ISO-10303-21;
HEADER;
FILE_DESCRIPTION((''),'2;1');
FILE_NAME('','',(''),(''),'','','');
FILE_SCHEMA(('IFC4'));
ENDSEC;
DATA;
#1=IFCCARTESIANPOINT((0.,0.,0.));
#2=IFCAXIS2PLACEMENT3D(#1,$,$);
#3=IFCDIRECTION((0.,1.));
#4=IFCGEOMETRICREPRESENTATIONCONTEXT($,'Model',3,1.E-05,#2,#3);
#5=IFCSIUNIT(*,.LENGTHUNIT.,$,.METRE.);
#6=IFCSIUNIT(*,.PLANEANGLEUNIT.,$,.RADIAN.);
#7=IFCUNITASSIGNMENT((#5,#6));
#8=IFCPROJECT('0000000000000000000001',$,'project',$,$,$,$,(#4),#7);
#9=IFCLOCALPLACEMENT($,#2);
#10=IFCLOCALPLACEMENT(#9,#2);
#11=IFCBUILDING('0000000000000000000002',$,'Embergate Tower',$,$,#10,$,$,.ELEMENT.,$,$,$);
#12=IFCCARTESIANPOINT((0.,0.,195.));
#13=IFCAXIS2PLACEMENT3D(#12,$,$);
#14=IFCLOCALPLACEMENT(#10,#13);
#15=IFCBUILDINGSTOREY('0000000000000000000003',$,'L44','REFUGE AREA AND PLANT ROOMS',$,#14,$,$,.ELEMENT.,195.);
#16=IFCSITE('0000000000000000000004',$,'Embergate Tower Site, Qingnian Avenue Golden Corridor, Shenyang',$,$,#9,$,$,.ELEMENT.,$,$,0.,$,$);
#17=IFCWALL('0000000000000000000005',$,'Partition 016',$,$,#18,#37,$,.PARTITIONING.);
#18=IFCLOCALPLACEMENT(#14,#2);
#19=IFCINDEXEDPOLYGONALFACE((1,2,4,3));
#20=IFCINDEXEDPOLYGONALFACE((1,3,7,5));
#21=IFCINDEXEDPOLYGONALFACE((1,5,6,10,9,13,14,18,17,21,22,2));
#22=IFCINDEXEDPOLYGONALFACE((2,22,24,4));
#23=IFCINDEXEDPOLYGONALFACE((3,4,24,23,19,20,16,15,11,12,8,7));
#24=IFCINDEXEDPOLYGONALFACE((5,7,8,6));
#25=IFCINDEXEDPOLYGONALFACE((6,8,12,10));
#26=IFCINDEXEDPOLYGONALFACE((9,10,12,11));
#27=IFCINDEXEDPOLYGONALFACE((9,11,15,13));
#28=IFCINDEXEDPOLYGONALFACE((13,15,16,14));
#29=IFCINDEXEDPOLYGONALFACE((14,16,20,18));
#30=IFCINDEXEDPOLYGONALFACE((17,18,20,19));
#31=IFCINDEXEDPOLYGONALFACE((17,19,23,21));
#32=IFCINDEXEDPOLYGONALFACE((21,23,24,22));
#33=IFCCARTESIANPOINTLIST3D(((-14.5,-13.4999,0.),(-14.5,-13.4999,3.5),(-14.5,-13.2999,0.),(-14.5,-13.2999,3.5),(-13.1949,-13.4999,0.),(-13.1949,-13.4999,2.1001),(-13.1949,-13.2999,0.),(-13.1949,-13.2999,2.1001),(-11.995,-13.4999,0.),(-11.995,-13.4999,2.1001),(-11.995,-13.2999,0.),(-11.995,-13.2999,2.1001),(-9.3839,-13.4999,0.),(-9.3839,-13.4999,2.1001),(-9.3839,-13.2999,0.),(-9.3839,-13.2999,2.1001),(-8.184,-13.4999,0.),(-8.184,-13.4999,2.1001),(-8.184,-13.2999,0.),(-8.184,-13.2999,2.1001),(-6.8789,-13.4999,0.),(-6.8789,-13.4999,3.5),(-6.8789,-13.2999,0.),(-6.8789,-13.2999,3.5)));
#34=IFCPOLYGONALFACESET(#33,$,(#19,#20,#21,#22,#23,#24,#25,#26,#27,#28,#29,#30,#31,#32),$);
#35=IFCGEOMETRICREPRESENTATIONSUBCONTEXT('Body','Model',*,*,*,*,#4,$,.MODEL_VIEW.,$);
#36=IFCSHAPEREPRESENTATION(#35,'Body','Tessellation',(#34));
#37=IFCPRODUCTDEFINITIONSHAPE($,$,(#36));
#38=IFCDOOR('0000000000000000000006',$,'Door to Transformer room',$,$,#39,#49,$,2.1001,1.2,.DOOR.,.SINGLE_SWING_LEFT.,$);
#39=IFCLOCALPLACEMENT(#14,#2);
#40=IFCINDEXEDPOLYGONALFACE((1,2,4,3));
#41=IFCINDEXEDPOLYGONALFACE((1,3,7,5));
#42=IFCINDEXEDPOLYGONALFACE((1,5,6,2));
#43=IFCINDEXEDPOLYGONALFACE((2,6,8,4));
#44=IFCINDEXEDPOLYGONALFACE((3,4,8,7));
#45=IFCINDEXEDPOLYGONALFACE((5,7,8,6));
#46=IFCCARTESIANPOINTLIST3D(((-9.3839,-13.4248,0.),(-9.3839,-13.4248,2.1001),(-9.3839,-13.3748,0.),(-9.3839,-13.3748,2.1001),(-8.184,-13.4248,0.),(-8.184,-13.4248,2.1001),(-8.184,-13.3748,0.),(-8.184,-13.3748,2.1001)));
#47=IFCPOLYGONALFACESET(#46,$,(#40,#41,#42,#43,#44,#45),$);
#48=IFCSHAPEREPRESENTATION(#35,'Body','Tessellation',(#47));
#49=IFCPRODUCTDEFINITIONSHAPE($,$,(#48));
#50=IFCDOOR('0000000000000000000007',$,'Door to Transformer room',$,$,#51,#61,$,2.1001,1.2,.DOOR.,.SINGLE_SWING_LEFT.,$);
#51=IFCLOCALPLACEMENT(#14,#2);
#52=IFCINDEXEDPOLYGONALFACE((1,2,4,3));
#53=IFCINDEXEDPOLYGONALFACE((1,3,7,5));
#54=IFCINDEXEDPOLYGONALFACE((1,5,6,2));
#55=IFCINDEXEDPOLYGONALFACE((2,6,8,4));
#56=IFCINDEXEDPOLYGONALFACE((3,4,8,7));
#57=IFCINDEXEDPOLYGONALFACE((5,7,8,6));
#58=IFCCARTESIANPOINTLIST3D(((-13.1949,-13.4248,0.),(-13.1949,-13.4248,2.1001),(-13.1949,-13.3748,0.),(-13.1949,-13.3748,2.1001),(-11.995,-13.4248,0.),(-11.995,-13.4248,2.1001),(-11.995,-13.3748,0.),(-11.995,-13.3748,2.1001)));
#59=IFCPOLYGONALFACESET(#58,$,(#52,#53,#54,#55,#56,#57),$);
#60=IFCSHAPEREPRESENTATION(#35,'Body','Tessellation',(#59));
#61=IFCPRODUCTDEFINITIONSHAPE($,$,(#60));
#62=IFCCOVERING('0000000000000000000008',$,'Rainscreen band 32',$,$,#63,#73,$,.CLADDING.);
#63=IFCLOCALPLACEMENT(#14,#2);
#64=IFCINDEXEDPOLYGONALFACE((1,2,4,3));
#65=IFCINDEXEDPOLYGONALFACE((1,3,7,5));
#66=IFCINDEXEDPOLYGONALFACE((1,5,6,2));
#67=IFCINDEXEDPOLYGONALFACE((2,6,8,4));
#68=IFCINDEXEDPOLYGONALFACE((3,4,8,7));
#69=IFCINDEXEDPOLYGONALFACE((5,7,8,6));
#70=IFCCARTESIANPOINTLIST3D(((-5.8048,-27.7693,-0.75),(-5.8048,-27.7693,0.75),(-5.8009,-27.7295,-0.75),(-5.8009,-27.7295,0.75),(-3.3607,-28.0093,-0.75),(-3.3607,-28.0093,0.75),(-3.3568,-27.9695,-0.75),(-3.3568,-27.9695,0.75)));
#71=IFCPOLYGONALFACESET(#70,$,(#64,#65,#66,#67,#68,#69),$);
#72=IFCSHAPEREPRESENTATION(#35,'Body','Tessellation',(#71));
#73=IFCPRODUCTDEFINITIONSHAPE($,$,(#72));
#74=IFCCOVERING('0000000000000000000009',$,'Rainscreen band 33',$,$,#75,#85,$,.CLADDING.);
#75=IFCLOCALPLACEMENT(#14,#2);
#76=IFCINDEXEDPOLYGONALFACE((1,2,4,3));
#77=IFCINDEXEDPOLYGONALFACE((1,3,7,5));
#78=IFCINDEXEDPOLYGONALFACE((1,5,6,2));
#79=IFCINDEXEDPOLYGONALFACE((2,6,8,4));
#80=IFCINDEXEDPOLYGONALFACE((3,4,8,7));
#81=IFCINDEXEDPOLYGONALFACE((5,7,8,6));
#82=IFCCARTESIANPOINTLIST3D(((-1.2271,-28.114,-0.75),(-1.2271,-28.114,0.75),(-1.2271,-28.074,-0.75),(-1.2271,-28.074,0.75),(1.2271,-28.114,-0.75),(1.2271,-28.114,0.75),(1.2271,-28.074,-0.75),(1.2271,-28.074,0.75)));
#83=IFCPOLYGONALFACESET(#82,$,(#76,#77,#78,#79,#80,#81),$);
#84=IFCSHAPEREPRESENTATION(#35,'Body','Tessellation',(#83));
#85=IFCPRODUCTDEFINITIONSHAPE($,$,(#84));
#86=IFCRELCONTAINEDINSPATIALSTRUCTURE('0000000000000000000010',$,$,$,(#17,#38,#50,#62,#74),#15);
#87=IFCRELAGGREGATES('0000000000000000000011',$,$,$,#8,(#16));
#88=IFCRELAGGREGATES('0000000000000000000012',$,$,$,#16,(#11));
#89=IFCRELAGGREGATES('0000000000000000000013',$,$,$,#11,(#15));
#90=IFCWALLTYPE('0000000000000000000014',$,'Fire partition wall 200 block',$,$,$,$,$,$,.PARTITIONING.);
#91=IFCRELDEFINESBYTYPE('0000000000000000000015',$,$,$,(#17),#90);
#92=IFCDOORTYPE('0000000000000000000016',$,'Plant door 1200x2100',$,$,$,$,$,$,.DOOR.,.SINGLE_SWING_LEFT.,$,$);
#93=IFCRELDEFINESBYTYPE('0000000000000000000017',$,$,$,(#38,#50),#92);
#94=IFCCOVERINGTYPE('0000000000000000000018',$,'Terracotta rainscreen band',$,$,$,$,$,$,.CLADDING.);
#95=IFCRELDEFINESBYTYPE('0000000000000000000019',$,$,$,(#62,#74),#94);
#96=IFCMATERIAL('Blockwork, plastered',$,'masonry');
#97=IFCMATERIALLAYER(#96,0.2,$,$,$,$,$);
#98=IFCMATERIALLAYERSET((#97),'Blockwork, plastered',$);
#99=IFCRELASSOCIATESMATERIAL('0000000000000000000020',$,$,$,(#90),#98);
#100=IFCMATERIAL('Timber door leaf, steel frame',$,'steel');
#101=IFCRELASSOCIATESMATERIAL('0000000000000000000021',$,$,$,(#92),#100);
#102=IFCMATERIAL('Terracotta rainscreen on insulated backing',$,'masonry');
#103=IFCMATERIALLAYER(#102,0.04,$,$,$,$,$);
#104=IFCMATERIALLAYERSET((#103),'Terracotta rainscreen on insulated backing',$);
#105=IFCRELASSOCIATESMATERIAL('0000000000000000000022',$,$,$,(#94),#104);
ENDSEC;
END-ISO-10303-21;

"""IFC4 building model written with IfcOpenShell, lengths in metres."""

from ifc_helpers import new_model, si_unit, direction, frame, frame_2d, origin, origin_2d, place, context, subcontext, project, spatial, rectangle, extrude, source, transform, mapped, material, layer, layer_set, type_object, element, fill, save


model = new_model("IFC4")

# Units and contexts
model_context = context("Model", 3, precision=1e-05, world=origin(), true_north=direction((0.0, 1.0)))
body_context = subcontext(model_context, "Body", "Model", "MODEL_VIEW")
ifc_project = project(units=[si_unit("LENGTHUNIT", "METRE"), si_unit("PLANEANGLEUNIT", "RADIAN")], contexts=[model_context])

# Site, building, storey
site_placement = place(None, origin())
site = spatial("IfcSite", under=ifc_project, at=site_placement, Name="Embergate Tower Site, Qingnian Avenue Golden Corridor, Shenyang", CompositionType="ELEMENT", RefElevation=0.0)
building_placement = place(site_placement, origin())
building = spatial("IfcBuilding", under=site, at=building_placement, Name="Embergate Tower", CompositionType="ELEMENT")
storey_placement = place(building_placement, frame((0.0, 0.0, 195.0)))
storey = spatial("IfcBuildingStorey", under=building, at=storey_placement, Name="L44", Description="REFUGE AREA AND PLANT ROOMS", CompositionType="ELEMENT", Elevation=195.0)

# Wall, openings, doors
ifc_material_1 = material(Name="Blockwork, plastered", Category="masonry")
ifc_layer_1 = layer(ifc_material_1, 0.2)
ifc_layer_set_1 = layer_set([ifc_layer_1], Name="Blockwork, plastered")
wall_type_1 = type_object("IfcWallType", Name="Fire partition wall 200 block", PredefinedType="PARTITIONING", material=ifc_layer_set_1)
shared_shape_1 = source(origin(), body_context, "Body", "SweptSolid", [
    extrude(rectangle(XDim=7.6211, YDim=0.2, at=frame_2d((3.8105, 0.0))), origin(), (0.0, 0.0, 1.0), 3.5),
])
wall_1_placement = place(storey_placement, frame((-6.8789, -13.3999, 0.0), z_axis=(0.0, 0.0, 1.0), x_axis=(-1.0, 0.0, 0.0)))
wall_1 = element("IfcWall", 1, at=wall_1_placement, inside=storey, type_object=wall_type_1, Name="Partition 016", PredefinedType="PARTITIONING", context=body_context, shape_type="MappedRepresentation", body=[
    mapped(shared_shape_1, transform((0.0, 0.0, 0.0))),
])
shared_shape_2 = source(origin(), body_context, "Body", "SweptSolid", [
    extrude(rectangle(XDim=1.2, YDim=2.1001, at=frame_2d((0.6001, 1.05))), frame((0.0, 0.1099, 0.0), z_axis=(0.0, -1.0, 0.0), x_axis=(1.0, 0.0, 0.0)), (0.0, 0.0, 1.0), 0.22),
])
opening_1_placement = place(wall_1_placement, frame((1.3049, 0.0, 0.0)))
opening_1 = element("IfcOpeningElement", 2, at=opening_1_placement, cuts=wall_1, PredefinedType="OPENING", context=body_context, shape_type="MappedRepresentation", body=[
    mapped(shared_shape_2, transform((0.0, 0.0, 0.0))),
])
opening_2_placement = place(wall_1_placement, frame((5.116, 0.0, 0.0)))
opening_2 = element("IfcOpeningElement", 3, at=opening_2_placement, cuts=wall_1, PredefinedType="OPENING", context=body_context, shape_type="MappedRepresentation", body=[
    mapped(shared_shape_2, transform((0.0, 0.0, 0.0))),
])
ifc_material_2 = material(Name="Timber door leaf, steel frame", Category="steel")
door_type = type_object("IfcDoorType", Name="Plant door 1200x2100", OperationType="SINGLE_SWING_LEFT", PredefinedType="DOOR", material=ifc_material_2)
shared_shape_3 = source(origin(), body_context, "Body", "SweptSolid", [
    extrude(rectangle(XDim=1.2, YDim=2.1001, at=frame_2d((0.6001, 1.05))), frame((0.0, 0.0249, 0.0), z_axis=(0.0, -1.0, 0.0), x_axis=(1.0, 0.0, 0.0)), (0.0, 0.0, 1.0), 0.05),
])
door_1_placement = place(opening_1_placement, origin())
door_1 = element("IfcDoor", 4, at=door_1_placement, inside=storey, type_object=door_type, Name="Door to Transformer room", OperationType="SINGLE_SWING_LEFT", OverallHeight=2.1001, OverallWidth=1.2, PredefinedType="DOOR", context=body_context, shape_type="MappedRepresentation", body=[
    mapped(shared_shape_3, transform((0.0, 0.0, 0.0))),
])
fill(opening_1, door_1)
door_2_placement = place(opening_2_placement, origin())
door_2 = element("IfcDoor", 5, at=door_2_placement, inside=storey, type_object=door_type, Name="Door to Transformer room", OperationType="SINGLE_SWING_LEFT", OverallHeight=2.1001, OverallWidth=1.2, PredefinedType="DOOR", context=body_context, shape_type="MappedRepresentation", body=[
    mapped(shared_shape_3, transform((0.0, 0.0, 0.0))),
])
fill(opening_2, door_2)

# Coverings
ifc_material_3 = material(Name="Terracotta rainscreen on insulated backing", Category="masonry")
ifc_layer_2 = layer(ifc_material_3, 0.04)
ifc_layer_set_2 = layer_set([ifc_layer_2], Name="Terracotta rainscreen on insulated backing")
covering_type = type_object("IfcCoveringType", Name="Terracotta rainscreen band", PredefinedType="CLADDING", material=ifc_layer_set_2)
shared_shape_4 = source(origin(), body_context, "Body", "SweptSolid", [
    extrude(rectangle(XDim=2.4558, YDim=0.04, at=origin_2d()), origin(), (0.0, 0.0, 1.0), 1.5),
])
covering_1_placement = place(storey_placement, frame((-4.5808, -27.8694, -0.75), z_axis=(0.0, 0.0, 1.0), x_axis=(0.995213, -0.097729, 0.0)))
element("IfcCovering", 6, at=covering_1_placement, inside=storey, type_object=covering_type, Name="Rainscreen band 32", PredefinedType="CLADDING", context=body_context, shape_type="MappedRepresentation", body=[
    mapped(shared_shape_4, transform((0.0, 0.0, 0.0))),
])
shared_shape_5 = source(origin(), body_context, "Body", "SweptSolid", [
    extrude(rectangle(XDim=2.4541, YDim=0.04, at=origin_2d()), origin(), (0.0, 0.0, 1.0), 1.5),
])
covering_2_placement = place(storey_placement, frame((0.0, -28.094, -0.75), z_axis=(0.0, 0.0, 1.0), x_axis=(1.0, 0.0, 0.0)))
element("IfcCovering", 7, at=covering_2_placement, inside=storey, type_object=covering_type, Name="Rainscreen band 33", PredefinedType="CLADDING", context=body_context, shape_type="MappedRepresentation", body=[
    mapped(shared_shape_5, transform((0.0, 0.0, 0.0))),
])

save(model, "model.ifc")
